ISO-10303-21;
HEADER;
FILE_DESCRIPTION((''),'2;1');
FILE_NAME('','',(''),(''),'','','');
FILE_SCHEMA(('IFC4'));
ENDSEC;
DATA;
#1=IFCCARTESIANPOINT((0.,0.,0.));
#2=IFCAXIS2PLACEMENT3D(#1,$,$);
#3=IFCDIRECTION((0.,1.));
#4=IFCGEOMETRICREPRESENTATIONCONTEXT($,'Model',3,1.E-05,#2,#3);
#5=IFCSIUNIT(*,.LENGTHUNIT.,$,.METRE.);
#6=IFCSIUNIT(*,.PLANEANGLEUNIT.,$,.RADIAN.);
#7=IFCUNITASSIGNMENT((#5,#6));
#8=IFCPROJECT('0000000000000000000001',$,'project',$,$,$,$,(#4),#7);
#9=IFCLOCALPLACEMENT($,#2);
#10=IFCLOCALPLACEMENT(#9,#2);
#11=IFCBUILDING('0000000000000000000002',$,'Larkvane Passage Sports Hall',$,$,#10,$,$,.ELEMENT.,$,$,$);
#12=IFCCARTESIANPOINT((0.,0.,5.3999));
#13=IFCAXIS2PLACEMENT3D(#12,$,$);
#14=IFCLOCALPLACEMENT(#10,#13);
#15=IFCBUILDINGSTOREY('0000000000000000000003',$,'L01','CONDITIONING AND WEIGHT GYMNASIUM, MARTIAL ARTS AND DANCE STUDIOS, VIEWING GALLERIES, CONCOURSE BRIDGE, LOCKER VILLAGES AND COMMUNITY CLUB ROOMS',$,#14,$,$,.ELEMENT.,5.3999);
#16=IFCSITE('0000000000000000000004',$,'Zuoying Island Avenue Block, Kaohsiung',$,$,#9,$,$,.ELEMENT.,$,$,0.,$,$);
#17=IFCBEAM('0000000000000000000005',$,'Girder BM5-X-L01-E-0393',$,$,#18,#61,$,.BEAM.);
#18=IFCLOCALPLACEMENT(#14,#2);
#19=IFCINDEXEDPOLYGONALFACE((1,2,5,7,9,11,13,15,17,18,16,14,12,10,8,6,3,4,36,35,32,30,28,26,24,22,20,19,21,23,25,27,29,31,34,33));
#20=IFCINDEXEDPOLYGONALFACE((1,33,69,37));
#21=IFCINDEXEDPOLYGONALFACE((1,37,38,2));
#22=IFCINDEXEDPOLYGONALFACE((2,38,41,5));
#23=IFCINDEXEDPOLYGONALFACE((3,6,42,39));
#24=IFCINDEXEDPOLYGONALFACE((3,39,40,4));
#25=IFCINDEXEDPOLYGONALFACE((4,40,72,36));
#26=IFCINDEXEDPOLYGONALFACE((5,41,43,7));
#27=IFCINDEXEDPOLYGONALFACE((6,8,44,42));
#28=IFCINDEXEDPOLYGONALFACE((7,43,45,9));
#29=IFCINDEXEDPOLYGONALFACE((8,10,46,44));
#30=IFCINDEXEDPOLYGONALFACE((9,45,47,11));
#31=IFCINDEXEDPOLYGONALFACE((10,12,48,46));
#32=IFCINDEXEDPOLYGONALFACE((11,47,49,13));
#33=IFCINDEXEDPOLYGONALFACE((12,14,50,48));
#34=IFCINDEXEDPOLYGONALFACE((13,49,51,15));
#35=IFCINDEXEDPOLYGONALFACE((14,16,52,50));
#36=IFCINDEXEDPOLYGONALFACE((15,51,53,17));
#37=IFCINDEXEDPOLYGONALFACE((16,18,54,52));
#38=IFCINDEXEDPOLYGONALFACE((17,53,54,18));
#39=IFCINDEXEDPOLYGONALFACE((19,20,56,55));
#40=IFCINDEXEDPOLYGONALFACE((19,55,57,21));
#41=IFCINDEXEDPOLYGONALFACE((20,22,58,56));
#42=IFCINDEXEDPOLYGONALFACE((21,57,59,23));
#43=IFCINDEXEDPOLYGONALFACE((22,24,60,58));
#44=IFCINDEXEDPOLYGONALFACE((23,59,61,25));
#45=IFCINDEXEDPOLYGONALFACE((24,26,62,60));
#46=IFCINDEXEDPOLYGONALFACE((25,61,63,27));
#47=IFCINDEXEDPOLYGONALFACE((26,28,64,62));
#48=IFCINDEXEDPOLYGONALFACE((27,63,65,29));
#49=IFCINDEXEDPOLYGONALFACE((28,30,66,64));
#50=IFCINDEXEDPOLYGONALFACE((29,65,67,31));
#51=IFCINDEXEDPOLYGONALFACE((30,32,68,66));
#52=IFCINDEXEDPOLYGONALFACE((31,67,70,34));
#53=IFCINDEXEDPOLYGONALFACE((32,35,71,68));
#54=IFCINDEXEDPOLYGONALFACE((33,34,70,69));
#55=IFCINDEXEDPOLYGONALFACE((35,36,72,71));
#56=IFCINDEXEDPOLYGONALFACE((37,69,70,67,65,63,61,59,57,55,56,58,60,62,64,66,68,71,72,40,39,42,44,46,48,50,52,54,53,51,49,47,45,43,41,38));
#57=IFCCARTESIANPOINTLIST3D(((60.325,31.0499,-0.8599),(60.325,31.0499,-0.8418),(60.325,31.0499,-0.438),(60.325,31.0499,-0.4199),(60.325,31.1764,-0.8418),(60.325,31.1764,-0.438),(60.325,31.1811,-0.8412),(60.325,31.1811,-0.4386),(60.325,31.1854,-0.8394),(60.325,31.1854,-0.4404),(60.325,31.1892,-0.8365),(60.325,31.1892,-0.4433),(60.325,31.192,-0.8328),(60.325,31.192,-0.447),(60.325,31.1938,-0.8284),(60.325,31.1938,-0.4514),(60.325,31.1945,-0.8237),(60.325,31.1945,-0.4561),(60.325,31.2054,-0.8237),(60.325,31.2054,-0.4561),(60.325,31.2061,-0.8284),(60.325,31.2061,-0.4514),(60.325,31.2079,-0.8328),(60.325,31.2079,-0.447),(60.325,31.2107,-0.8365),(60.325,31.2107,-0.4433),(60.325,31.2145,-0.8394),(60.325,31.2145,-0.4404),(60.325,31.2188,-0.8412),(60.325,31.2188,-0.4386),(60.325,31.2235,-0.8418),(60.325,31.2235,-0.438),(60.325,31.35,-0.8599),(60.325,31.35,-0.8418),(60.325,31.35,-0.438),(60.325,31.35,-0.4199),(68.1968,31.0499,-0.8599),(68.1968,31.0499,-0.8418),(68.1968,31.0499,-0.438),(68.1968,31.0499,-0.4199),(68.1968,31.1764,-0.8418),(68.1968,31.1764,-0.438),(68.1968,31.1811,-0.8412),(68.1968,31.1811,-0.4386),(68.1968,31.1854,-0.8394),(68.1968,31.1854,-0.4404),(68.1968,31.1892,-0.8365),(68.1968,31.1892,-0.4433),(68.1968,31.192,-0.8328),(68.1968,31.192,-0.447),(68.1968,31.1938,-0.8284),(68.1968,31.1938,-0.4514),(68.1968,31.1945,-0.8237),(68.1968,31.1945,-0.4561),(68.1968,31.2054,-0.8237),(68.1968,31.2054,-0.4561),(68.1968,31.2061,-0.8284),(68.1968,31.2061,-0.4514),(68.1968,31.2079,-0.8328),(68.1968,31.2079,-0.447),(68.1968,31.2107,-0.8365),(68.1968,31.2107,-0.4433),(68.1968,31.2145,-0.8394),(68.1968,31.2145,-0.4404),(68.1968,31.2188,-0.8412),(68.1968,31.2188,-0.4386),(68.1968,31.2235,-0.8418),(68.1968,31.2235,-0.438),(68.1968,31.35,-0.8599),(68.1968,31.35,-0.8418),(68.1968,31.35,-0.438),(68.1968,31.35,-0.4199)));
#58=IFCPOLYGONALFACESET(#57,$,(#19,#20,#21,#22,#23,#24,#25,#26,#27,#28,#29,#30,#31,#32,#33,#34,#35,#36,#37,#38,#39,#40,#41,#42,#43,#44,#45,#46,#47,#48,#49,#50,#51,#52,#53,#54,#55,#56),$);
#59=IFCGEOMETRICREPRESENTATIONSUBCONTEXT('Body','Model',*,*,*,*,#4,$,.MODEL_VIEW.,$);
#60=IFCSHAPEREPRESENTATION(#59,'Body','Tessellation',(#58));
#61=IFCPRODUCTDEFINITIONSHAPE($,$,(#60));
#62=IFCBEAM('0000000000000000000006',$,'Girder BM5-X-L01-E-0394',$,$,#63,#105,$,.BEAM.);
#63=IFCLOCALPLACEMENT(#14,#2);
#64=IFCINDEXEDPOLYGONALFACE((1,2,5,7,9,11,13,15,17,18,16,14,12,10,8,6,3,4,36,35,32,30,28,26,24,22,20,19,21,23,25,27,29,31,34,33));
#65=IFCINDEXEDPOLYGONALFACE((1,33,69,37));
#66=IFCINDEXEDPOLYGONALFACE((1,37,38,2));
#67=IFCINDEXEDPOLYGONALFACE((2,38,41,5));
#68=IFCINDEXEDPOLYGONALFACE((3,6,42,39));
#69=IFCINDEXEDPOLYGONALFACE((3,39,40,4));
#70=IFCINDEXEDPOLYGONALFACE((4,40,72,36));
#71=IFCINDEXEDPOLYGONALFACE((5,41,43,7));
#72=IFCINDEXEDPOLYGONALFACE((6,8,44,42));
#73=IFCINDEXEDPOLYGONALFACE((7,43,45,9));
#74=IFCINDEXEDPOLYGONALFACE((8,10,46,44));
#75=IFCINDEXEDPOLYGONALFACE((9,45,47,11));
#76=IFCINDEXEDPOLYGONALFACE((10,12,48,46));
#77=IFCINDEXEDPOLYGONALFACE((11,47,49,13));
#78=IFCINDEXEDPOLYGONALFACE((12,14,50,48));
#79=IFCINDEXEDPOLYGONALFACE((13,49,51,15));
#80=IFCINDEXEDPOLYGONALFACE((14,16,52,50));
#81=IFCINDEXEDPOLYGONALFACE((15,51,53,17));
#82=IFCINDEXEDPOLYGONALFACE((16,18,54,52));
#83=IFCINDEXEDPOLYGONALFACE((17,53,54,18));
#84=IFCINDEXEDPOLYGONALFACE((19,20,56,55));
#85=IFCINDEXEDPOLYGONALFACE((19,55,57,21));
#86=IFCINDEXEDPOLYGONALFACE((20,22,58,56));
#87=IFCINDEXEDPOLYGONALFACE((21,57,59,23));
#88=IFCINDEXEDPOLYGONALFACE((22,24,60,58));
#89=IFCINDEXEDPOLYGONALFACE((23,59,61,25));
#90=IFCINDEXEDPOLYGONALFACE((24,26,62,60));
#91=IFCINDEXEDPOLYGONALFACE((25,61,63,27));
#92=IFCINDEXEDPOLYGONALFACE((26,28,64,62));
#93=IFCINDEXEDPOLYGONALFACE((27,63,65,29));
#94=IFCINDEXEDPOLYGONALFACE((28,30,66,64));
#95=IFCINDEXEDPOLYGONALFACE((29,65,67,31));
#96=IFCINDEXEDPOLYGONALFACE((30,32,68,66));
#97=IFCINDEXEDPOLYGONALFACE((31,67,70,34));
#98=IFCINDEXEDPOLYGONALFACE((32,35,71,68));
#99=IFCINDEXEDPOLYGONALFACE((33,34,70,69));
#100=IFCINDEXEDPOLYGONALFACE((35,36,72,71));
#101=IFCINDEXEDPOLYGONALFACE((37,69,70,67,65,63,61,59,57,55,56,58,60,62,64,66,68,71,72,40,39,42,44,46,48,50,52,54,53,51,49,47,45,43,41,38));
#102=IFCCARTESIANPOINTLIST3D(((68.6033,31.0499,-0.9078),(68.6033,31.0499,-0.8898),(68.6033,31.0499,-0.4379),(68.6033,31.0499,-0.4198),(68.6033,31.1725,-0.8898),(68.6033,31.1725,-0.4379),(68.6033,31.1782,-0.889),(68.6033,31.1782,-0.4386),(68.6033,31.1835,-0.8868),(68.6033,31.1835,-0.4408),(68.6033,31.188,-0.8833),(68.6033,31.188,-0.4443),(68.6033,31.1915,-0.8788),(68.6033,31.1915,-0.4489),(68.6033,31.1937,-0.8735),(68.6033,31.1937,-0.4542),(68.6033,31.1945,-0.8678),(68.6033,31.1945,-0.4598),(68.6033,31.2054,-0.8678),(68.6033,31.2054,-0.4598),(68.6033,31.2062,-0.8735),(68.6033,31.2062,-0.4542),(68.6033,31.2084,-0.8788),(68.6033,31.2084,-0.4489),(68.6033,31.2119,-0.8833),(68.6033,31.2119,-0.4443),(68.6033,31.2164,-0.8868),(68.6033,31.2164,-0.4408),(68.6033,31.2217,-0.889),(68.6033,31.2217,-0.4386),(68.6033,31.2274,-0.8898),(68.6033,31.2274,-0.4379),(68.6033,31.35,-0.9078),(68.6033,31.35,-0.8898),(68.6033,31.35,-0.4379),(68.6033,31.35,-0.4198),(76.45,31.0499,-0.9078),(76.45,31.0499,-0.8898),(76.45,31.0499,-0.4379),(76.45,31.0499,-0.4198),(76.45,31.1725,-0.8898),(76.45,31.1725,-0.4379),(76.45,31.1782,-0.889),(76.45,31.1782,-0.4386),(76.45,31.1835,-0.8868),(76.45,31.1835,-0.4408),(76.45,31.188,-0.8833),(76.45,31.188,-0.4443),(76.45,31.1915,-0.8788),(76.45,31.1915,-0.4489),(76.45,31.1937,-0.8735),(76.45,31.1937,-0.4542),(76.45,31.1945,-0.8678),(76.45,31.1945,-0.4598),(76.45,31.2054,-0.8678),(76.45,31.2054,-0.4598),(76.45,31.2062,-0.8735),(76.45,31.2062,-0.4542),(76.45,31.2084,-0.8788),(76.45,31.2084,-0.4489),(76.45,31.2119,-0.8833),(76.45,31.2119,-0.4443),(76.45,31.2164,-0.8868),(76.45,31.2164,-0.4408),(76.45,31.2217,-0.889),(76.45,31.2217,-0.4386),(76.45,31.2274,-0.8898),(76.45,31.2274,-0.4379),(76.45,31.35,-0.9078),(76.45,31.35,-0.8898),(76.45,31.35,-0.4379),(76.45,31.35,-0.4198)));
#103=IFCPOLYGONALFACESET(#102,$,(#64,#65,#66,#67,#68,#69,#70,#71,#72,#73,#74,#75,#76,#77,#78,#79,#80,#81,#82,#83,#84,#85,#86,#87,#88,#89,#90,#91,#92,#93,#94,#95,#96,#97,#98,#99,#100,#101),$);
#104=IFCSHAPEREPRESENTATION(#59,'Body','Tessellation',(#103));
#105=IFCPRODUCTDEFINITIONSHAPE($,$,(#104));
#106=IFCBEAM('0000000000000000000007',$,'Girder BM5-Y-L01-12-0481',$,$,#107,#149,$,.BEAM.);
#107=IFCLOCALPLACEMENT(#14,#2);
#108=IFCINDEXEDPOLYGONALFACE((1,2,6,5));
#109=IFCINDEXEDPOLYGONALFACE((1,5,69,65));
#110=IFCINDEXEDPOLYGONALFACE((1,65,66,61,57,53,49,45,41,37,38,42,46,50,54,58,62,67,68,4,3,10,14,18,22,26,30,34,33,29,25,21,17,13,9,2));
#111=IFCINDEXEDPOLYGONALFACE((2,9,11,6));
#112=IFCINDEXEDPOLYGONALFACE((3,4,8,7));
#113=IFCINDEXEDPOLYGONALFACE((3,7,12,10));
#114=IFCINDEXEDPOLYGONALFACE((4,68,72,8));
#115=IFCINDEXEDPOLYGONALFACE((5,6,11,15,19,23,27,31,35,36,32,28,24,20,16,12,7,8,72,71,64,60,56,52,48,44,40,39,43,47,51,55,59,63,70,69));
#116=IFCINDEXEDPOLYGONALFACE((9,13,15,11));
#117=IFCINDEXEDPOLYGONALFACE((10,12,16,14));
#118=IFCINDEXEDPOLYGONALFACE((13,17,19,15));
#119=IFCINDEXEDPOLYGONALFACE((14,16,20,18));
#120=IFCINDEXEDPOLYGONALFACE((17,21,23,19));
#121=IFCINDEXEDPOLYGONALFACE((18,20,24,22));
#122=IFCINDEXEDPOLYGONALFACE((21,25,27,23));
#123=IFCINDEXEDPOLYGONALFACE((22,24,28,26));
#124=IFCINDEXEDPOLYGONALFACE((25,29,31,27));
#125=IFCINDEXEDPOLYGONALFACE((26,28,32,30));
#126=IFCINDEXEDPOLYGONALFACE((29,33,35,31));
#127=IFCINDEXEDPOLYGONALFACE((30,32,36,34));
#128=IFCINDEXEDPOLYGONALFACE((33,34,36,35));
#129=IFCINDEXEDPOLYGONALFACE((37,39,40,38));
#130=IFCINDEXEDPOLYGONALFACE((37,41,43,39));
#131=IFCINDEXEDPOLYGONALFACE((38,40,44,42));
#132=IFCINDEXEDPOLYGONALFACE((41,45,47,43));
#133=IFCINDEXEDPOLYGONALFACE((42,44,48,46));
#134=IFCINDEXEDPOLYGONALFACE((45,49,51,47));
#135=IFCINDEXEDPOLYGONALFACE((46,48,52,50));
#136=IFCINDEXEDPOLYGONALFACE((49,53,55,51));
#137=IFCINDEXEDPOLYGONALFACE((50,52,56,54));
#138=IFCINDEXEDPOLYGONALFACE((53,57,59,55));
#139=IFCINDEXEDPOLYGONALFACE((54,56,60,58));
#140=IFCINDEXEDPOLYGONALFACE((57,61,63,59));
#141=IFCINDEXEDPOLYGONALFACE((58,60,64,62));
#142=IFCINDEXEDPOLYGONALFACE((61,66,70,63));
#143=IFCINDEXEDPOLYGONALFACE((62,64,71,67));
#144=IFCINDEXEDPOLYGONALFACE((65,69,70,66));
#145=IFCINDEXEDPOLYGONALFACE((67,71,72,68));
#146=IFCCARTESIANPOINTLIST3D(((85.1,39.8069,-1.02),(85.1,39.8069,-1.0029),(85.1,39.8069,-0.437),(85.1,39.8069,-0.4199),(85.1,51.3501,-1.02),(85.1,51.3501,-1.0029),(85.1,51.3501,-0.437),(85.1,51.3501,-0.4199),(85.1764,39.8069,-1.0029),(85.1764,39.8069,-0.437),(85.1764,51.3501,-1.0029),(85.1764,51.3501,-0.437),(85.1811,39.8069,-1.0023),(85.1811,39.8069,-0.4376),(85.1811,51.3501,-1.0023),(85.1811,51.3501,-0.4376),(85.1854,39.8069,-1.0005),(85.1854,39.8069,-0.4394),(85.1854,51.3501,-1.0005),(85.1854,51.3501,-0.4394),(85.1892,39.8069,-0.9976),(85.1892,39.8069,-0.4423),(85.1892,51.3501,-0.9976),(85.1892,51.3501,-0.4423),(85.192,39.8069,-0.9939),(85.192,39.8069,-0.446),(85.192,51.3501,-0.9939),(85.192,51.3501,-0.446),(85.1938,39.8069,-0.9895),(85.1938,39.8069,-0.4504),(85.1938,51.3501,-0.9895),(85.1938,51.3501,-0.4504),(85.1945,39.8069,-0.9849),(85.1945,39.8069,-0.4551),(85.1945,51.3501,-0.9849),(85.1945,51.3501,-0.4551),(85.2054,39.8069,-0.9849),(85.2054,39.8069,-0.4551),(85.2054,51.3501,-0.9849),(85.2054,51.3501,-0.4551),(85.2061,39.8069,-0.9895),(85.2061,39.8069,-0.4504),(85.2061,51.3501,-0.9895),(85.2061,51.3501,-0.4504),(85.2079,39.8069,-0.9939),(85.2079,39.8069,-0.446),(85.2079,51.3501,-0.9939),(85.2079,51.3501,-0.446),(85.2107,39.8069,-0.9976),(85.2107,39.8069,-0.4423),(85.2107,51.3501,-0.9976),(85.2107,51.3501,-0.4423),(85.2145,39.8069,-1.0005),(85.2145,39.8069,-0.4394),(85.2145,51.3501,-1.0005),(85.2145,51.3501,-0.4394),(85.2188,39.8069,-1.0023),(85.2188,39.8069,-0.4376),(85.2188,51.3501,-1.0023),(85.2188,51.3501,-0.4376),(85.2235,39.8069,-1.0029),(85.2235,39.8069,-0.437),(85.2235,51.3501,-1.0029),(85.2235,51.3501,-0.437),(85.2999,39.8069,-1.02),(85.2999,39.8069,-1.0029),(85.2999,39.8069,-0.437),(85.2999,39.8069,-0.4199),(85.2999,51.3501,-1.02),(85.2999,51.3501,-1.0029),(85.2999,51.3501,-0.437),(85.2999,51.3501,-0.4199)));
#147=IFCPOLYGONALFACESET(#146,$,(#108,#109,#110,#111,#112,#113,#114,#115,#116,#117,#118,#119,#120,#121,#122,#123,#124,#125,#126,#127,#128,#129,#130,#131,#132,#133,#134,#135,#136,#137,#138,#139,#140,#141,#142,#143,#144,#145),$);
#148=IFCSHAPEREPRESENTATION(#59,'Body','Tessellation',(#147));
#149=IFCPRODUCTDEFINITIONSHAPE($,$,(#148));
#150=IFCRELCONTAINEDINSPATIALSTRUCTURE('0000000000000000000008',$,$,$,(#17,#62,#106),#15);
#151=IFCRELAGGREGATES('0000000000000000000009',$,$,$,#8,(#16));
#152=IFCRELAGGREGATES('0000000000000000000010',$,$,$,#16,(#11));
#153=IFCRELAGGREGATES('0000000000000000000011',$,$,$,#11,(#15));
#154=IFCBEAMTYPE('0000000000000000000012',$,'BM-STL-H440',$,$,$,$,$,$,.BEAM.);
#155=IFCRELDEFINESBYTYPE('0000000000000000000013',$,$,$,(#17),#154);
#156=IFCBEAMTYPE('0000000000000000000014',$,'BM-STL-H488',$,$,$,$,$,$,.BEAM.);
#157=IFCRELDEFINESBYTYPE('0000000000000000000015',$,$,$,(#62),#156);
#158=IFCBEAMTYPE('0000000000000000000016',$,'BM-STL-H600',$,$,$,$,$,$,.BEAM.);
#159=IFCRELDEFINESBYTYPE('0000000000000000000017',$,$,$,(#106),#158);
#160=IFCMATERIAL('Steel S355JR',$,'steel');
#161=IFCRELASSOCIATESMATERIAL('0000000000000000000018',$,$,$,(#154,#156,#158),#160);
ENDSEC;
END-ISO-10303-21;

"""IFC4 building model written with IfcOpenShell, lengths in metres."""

from ifc_helpers import new_model, si_unit, direction, frame, origin, origin_2d, place, context, subcontext, project, spatial, i_section, extrude, material, material_profile, profile_set, type_object, element, save


model = new_model("IFC4")

# Units and contexts
model_context = context("Model", 3, precision=1e-05, world=origin(), true_north=direction((0.0, 1.0)))
body_context = subcontext(model_context, "Body", "Model", "MODEL_VIEW")
ifc_project = project(units=[si_unit("LENGTHUNIT", "METRE"), si_unit("PLANEANGLEUNIT", "RADIAN")], contexts=[model_context])

# Site, building, storey
site_placement = place(None, origin())
site = spatial("IfcSite", under=ifc_project, at=site_placement, Name="Zuoying Island Avenue Block, Kaohsiung", CompositionType="ELEMENT", RefElevation=0.0)
building_placement = place(site_placement, origin())
building = spatial("IfcBuilding", under=site, at=building_placement, Name="Larkvane Passage Sports Hall", CompositionType="ELEMENT")
storey_placement = place(building_placement, frame((0.0, 0.0, 5.3999)))
storey = spatial("IfcBuildingStorey", under=building, at=storey_placement, Name="L01", Description="CONDITIONING AND WEIGHT GYMNASIUM, MARTIAL ARTS AND DANCE STUDIOS, VIEWING GALLERIES, CONCOURSE BRIDGE, LOCKER VILLAGES AND COMMUNITY CLUB ROOMS", CompositionType="ELEMENT", Elevation=5.3999)

# Shared definitions
ifc_material_1 = material(Name="Steel S355JR", Category="steel")

# Beams
ifc_material_profile_1 = material_profile(ifc_material_1, i_section(OverallWidth=0.3, OverallDepth=0.4399, WebThickness=0.011, FlangeThickness=0.0181, FilletRadius=0.0181, at=origin_2d()), Name="H-440x300x11x18")
ifc_profile_set_1 = profile_set([ifc_material_profile_1], Name="Steel S355JR")
beam_type_1 = type_object("IfcBeamType", Name="BM-STL-H440", PredefinedType="BEAM", material=ifc_profile_set_1)
beam_1_placement = place(storey_placement, frame((60.325, 31.2, -0.6399), z_axis=(1.0, 0.0, 0.0), x_axis=(0.0, 1.0, 0.0)))
element("IfcBeam", 1, at=beam_1_placement, inside=storey, type_object=beam_type_1, Name="Girder BM5-X-L01-E-0393", PredefinedType="BEAM", context=body_context, shape_type="SweptSolid", body=[
    extrude(i_section(OverallWidth=0.3, OverallDepth=0.4399, WebThickness=0.011, FlangeThickness=0.0181, FilletRadius=0.0181, at=origin_2d()), origin(), (0.0, 0.0, 1.0), 7.8718),
])
ifc_material_profile_2 = material_profile(ifc_material_1, i_section(OverallWidth=0.3, OverallDepth=0.488, WebThickness=0.011, FlangeThickness=0.0181, FilletRadius=0.022, at=origin_2d()), Name="H-488x300x11x18")
ifc_profile_set_2 = profile_set([ifc_material_profile_2], Name="Steel S355JR")
beam_type_2 = type_object("IfcBeamType", Name="BM-STL-H488", PredefinedType="BEAM", material=ifc_profile_set_2)
beam_2_placement = place(storey_placement, frame((68.6033, 31.2, -0.6638), z_axis=(1.0, 0.0, 0.0), x_axis=(0.0, 1.0, 0.0)))
element("IfcBeam", 2, at=beam_2_placement, inside=storey, type_object=beam_type_2, Name="Girder BM5-X-L01-E-0394", PredefinedType="BEAM", context=body_context, shape_type="SweptSolid", body=[
    extrude(i_section(OverallWidth=0.3, OverallDepth=0.488, WebThickness=0.011, FlangeThickness=0.0181, FilletRadius=0.022, at=origin_2d()), origin(), (0.0, 0.0, 1.0), 7.8467),
])
ifc_material_profile_3 = material_profile(ifc_material_1, i_section(OverallWidth=0.2, OverallDepth=0.6001, WebThickness=0.011, FlangeThickness=0.0171, FilletRadius=0.0181, at=origin_2d()), Name="H-600x200x11x17")
ifc_profile_set_3 = profile_set([ifc_material_profile_3], Name="Steel S355JR")
beam_type_3 = type_object("IfcBeamType", Name="BM-STL-H600", PredefinedType="BEAM", material=ifc_profile_set_3)
beam_3_placement = place(storey_placement, frame((85.2, 39.8069, -0.72), z_axis=(0.0, 1.0, 0.0), x_axis=(-1.0, 0.0, 0.0)))
element("IfcBeam", 3, at=beam_3_placement, inside=storey, type_object=beam_type_3, Name="Girder BM5-Y-L01-12-0481", PredefinedType="BEAM", context=body_context, shape_type="SweptSolid", body=[
    extrude(i_section(OverallWidth=0.2, OverallDepth=0.6001, WebThickness=0.011, FlangeThickness=0.0171, FilletRadius=0.0181, at=origin_2d()), origin(), (0.0, 0.0, 1.0), 11.5432),
])

save(model, "model.ifc")
